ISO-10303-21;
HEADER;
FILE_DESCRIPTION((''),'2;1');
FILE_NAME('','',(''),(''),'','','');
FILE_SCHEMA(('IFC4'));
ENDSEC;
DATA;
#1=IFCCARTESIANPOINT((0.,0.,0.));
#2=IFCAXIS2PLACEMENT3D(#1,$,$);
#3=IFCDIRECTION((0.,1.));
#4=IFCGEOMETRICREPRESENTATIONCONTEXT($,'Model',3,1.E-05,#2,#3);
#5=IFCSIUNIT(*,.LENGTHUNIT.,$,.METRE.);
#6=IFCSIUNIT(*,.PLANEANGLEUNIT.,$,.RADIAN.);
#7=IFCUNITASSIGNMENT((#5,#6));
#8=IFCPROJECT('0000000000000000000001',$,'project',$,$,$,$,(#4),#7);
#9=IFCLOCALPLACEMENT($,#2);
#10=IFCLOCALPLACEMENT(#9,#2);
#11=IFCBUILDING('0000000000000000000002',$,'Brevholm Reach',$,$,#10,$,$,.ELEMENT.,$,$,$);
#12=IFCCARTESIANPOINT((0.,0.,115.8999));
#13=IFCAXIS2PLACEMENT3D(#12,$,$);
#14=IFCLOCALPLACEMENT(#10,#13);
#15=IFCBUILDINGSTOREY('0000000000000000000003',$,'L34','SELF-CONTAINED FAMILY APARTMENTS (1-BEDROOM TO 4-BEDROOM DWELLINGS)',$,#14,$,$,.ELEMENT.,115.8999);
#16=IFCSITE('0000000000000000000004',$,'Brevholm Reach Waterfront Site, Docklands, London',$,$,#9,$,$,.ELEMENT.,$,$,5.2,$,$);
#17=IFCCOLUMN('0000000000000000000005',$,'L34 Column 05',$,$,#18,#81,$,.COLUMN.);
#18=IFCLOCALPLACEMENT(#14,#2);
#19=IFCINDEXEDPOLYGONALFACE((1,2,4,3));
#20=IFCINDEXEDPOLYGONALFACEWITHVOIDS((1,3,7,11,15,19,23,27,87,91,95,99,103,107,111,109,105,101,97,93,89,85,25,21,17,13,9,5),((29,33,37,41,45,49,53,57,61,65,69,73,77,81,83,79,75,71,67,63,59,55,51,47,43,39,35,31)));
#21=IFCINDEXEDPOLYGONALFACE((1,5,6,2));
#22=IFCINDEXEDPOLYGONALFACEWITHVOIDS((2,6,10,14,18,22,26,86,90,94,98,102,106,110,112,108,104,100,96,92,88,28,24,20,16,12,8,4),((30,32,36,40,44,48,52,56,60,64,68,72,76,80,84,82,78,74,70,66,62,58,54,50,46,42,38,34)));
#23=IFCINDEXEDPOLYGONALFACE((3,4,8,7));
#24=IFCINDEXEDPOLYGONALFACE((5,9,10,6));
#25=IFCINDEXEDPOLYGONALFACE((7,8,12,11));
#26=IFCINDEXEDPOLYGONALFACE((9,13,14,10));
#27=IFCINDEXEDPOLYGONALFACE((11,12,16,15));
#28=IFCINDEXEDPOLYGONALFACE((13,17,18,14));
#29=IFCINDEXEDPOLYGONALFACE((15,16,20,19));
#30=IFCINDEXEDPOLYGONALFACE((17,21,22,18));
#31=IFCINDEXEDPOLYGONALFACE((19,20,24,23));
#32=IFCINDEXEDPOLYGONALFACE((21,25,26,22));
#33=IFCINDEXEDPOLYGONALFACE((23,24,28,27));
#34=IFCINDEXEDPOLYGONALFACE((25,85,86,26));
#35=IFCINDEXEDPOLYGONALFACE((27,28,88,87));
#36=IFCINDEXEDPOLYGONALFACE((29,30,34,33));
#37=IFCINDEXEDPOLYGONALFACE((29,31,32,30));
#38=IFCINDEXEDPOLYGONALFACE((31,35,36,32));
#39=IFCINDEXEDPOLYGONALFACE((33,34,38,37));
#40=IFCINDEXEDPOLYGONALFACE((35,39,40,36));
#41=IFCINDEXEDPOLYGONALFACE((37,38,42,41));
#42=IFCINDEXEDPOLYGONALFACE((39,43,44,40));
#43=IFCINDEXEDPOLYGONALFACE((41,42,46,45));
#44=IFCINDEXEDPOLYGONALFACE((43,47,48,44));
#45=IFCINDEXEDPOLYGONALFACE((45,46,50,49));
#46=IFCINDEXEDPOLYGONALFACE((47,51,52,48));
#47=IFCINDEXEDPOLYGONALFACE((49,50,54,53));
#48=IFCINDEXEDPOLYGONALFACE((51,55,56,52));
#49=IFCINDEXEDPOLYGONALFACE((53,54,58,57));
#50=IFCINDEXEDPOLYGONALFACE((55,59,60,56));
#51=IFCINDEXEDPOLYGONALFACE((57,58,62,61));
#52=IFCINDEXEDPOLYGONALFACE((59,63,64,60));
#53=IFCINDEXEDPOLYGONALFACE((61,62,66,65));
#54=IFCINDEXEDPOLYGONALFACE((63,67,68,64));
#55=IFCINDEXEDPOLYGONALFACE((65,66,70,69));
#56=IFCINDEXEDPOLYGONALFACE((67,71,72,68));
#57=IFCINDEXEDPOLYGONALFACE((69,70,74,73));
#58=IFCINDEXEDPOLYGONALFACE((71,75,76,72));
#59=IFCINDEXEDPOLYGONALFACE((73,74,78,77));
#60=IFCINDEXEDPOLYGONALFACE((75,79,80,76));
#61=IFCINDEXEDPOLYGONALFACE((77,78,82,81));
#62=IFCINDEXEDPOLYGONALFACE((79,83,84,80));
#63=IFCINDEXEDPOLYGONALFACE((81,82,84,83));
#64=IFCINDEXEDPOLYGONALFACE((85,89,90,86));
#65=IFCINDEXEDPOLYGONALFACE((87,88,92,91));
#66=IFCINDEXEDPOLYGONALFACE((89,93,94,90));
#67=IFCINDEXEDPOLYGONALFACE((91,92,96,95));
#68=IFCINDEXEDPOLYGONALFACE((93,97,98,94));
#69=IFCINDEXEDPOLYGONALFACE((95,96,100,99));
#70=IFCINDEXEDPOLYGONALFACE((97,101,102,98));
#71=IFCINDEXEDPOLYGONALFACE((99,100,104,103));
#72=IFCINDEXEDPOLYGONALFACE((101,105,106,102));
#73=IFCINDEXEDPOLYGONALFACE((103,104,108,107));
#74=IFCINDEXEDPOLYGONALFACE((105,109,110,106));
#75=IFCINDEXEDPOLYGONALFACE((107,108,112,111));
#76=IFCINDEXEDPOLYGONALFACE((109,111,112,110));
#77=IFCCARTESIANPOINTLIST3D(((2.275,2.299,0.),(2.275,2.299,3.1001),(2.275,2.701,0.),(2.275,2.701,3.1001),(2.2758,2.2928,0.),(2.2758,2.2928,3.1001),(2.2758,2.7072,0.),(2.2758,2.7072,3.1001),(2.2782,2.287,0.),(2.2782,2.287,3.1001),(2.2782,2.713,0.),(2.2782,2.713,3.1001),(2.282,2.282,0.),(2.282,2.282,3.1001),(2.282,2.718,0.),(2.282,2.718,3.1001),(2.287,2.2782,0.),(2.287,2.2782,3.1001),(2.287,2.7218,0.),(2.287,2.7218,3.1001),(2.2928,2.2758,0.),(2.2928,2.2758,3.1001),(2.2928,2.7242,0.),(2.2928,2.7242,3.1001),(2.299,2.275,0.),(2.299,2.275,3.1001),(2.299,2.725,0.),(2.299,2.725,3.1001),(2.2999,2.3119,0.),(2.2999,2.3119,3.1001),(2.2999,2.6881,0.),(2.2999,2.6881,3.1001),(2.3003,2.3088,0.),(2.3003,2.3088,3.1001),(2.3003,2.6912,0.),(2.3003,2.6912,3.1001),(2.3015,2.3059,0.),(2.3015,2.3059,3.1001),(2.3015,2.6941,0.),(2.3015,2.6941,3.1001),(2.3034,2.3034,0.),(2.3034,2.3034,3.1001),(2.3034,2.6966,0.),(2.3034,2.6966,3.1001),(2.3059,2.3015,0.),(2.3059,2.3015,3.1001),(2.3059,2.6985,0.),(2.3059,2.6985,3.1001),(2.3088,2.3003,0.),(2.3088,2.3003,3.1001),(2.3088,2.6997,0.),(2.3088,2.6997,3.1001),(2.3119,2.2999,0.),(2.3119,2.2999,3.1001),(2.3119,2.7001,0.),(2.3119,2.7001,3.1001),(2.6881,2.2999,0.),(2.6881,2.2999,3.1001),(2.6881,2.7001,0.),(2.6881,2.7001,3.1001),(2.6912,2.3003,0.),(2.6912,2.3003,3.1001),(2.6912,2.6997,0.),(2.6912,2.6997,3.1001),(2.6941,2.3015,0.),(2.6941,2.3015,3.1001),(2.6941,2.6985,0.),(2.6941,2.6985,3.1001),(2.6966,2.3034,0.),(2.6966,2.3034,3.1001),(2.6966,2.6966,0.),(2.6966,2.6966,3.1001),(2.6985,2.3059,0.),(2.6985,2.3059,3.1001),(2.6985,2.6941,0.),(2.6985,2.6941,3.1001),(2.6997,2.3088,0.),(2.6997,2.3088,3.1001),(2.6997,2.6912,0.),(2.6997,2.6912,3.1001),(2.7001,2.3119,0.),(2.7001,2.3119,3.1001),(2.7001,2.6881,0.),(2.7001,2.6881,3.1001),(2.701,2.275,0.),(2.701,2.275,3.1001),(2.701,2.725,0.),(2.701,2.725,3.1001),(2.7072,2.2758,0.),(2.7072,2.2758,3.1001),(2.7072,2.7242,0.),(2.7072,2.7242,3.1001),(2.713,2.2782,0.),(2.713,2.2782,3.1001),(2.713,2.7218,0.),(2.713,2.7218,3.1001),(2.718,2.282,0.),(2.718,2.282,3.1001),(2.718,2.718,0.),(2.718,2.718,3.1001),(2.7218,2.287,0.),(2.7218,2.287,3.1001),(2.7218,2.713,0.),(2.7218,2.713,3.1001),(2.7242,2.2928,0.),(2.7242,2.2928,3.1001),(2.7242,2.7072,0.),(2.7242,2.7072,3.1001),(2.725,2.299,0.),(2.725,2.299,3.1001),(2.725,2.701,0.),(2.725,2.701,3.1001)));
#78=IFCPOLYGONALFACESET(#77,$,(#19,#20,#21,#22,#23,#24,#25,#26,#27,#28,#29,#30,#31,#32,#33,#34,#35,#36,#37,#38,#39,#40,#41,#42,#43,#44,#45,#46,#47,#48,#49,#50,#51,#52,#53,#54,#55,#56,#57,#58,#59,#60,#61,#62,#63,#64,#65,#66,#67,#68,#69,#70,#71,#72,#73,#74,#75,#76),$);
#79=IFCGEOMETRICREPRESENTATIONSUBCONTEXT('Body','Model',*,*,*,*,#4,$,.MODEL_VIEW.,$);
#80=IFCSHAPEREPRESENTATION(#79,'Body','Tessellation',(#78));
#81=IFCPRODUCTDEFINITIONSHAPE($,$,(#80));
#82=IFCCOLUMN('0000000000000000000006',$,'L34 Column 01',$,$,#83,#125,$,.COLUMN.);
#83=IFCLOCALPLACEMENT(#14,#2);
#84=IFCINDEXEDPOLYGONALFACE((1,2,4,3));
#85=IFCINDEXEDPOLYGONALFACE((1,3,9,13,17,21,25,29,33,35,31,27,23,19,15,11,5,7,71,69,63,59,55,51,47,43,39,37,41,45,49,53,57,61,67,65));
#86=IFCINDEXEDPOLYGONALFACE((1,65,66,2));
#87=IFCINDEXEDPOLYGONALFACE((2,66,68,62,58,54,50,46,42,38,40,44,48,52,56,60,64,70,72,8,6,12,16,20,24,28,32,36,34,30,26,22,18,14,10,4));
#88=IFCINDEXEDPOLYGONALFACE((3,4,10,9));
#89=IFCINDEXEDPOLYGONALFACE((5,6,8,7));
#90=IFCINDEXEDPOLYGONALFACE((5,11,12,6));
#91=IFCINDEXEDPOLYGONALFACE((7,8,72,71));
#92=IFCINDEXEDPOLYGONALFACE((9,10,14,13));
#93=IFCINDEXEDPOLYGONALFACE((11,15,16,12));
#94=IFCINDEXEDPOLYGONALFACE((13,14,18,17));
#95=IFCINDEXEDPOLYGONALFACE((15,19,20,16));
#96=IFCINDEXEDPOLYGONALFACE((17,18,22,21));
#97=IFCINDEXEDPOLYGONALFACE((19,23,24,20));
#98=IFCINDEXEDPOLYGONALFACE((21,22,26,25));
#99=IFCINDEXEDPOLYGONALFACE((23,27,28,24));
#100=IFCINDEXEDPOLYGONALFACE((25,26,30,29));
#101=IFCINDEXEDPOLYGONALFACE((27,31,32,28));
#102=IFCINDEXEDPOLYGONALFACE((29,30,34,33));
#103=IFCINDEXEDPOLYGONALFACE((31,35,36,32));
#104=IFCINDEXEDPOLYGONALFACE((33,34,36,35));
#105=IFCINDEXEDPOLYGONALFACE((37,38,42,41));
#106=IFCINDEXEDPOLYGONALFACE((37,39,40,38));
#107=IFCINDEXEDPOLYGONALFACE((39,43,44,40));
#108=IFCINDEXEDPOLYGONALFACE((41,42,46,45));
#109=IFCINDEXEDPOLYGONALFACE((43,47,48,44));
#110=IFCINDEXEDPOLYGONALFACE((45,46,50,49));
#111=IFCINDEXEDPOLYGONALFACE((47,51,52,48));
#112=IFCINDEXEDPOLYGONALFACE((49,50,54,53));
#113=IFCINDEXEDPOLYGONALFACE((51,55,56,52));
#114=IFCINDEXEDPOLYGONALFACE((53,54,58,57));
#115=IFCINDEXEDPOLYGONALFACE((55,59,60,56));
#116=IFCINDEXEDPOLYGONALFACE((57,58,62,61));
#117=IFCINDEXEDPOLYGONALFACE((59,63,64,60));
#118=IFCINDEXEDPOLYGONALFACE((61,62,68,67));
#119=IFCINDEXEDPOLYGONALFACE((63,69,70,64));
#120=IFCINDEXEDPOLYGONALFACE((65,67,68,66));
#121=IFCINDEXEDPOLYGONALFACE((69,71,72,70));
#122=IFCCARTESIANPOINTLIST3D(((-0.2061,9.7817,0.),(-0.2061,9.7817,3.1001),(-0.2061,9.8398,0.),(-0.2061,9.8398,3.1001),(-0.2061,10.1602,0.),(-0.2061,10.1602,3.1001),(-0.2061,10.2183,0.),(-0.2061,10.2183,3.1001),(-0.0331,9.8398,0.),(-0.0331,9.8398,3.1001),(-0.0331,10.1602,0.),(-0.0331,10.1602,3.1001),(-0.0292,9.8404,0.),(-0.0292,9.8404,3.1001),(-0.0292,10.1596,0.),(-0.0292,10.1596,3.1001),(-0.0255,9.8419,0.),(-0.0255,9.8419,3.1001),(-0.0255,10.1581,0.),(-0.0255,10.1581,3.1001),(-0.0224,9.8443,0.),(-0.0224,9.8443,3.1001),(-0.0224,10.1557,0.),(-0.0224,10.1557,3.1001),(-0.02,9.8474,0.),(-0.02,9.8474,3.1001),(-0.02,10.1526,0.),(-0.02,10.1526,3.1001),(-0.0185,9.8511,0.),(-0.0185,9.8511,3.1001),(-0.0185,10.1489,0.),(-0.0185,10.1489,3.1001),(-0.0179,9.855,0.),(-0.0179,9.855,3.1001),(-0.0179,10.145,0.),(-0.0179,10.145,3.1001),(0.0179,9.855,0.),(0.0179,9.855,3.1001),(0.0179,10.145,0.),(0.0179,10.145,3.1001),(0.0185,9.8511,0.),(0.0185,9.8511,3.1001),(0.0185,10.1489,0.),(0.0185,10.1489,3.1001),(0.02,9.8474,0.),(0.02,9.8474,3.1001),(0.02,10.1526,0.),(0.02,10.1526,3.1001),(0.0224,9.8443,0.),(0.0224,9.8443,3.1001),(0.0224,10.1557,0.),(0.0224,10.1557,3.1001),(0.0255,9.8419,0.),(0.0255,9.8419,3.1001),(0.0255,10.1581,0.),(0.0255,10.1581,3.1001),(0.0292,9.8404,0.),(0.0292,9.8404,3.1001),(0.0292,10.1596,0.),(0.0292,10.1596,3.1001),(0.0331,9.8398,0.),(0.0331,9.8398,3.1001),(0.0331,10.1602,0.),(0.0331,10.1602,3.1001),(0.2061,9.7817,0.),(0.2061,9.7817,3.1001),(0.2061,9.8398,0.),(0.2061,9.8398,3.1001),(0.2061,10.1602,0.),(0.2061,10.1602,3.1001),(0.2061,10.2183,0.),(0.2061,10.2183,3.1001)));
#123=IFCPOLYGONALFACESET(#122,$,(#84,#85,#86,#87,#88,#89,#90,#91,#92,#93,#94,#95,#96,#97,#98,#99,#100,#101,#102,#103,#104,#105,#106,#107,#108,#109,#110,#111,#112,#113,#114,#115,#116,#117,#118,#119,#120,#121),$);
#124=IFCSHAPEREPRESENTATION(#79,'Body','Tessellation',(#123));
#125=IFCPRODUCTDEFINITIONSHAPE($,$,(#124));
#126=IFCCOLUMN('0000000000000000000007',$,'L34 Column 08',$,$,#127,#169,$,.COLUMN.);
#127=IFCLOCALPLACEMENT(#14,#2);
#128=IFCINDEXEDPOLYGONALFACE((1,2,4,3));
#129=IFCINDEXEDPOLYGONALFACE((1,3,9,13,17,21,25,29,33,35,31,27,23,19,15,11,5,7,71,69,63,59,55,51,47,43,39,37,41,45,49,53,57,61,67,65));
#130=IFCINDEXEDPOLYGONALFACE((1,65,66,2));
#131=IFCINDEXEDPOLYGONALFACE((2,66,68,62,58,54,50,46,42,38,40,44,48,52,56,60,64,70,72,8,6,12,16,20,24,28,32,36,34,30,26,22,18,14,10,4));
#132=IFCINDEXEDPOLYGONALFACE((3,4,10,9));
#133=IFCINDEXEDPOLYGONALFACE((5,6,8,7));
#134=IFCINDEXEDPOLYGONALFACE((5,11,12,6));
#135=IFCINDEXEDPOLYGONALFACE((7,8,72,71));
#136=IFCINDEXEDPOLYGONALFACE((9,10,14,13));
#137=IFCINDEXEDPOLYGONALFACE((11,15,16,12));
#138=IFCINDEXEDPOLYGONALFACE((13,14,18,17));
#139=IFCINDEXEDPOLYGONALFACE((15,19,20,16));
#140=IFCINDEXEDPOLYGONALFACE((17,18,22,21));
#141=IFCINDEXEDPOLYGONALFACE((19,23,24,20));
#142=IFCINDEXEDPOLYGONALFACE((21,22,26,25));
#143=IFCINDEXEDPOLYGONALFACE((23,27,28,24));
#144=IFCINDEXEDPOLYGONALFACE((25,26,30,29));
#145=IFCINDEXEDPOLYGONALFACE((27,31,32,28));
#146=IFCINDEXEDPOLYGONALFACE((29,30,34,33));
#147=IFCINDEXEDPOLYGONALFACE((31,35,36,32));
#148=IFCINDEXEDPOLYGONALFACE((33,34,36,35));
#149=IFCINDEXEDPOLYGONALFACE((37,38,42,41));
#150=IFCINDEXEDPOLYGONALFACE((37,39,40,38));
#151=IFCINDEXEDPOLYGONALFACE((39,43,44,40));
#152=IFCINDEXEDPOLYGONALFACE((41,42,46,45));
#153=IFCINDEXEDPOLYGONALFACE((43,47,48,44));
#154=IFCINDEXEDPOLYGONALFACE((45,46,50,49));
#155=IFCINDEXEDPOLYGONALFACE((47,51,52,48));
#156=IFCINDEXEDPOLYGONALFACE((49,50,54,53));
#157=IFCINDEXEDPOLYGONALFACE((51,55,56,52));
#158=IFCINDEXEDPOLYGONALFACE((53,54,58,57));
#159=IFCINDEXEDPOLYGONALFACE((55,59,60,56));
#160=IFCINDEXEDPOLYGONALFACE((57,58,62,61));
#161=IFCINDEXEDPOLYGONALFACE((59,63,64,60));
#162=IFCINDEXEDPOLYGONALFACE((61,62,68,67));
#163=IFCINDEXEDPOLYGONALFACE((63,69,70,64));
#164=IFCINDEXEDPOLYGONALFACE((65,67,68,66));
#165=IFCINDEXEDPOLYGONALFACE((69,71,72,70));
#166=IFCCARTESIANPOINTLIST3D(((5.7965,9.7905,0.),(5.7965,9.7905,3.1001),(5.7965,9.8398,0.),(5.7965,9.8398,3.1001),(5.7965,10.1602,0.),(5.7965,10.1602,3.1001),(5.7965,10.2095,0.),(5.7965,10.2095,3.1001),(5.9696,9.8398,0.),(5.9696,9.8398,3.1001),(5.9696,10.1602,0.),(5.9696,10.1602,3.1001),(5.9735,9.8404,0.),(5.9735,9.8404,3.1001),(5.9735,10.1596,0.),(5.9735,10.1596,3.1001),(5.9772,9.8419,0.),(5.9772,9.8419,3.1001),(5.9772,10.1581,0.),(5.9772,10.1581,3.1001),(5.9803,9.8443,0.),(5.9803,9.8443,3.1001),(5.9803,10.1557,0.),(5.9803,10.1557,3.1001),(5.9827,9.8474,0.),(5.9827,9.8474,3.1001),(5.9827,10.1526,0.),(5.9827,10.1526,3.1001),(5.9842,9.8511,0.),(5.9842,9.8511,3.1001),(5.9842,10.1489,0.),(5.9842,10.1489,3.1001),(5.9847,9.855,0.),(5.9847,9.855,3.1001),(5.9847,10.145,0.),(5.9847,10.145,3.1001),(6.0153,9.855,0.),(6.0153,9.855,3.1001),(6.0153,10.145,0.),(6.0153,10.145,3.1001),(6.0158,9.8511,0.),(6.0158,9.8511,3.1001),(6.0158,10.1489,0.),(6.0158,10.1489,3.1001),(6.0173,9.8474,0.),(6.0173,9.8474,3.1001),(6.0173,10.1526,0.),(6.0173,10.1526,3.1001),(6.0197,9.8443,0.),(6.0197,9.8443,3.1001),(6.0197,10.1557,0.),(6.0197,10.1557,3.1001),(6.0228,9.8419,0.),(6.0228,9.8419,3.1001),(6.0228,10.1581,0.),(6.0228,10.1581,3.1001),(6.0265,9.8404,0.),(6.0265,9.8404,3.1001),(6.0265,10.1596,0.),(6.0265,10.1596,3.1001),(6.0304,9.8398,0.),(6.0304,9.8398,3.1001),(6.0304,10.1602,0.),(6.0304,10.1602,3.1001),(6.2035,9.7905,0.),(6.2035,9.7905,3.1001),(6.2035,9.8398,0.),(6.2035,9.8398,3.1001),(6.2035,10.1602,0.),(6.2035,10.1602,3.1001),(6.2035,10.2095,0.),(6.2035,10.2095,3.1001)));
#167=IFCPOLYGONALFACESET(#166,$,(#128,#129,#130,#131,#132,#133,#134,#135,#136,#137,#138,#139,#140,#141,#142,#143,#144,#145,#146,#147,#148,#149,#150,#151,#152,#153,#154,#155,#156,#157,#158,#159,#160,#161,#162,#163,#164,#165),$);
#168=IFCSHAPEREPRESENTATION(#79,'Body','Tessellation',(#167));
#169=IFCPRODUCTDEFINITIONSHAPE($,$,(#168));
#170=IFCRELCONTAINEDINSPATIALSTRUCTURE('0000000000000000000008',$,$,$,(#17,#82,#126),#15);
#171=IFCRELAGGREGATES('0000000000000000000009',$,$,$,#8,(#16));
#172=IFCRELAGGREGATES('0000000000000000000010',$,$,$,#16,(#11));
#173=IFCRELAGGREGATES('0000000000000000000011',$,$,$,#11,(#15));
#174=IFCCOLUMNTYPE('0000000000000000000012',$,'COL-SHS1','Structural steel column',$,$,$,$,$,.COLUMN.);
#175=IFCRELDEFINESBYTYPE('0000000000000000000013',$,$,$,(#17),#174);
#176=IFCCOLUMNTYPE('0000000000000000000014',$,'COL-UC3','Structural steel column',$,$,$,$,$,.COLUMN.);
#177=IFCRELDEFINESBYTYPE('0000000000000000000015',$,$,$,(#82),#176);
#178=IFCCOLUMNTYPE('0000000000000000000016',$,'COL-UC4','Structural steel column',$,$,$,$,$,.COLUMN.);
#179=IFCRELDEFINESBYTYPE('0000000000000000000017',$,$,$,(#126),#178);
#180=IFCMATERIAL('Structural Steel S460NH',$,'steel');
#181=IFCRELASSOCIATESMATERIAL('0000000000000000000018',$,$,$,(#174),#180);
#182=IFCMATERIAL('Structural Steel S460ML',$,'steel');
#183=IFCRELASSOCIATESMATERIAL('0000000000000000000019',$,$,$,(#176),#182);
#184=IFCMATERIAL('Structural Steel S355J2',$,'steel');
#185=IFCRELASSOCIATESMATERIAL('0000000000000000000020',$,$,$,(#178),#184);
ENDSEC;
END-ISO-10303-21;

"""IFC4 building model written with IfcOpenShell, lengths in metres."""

from ifc_helpers import new_model, si_unit, direction, frame, origin, origin_2d, place, context, subcontext, project, spatial, hollow_rectangle, i_section, extrude, material, material_profile, profile_set, type_object, element, save


model = new_model("IFC4")

# Units and contexts
model_context = context("Model", 3, precision=1e-05, world=origin(), true_north=direction((0.0, 1.0)))
body_context = subcontext(model_context, "Body", "Model", "MODEL_VIEW")
ifc_project = project(units=[si_unit("LENGTHUNIT", "METRE"), si_unit("PLANEANGLEUNIT", "RADIAN")], contexts=[model_context])

# Site, building, storey
site_placement = place(None, origin())
site = spatial("IfcSite", under=ifc_project, at=site_placement, Name="Brevholm Reach Waterfront Site, Docklands, London", CompositionType="ELEMENT", RefElevation=5.2)
building_placement = place(site_placement, origin())
building = spatial("IfcBuilding", under=site, at=building_placement, Name="Brevholm Reach", CompositionType="ELEMENT")
storey_placement = place(building_placement, frame((0.0, 0.0, 115.8999)))
storey = spatial("IfcBuildingStorey", under=building, at=storey_placement, Name="L34", Description="SELF-CONTAINED FAMILY APARTMENTS (1-BEDROOM TO 4-BEDROOM DWELLINGS)", CompositionType="ELEMENT", Elevation=115.8999)

# Columns
ifc_material_1 = material(Name="Structural Steel S460NH", Category="steel")
ifc_material_profile_1 = material_profile(ifc_material_1, hollow_rectangle(XDim=0.45, YDim=0.45, WallThickness=0.0249, InnerFilletRadius=0.012, OuterFilletRadius=0.0239, at=origin_2d()), Name="SHS 450x450x25")
ifc_profile_set_1 = profile_set([ifc_material_profile_1], Name="Structural Steel S460NH")
column_type_1 = type_object("IfcColumnType", Name="COL-SHS1", Description="Structural steel column", PredefinedType="COLUMN", material=ifc_profile_set_1)
column_1_placement = place(storey_placement, frame((2.5, 2.5, 0.0), z_axis=(0.0, 0.0, 1.0), x_axis=(1.0, 0.0, 0.0)))
element("IfcColumn", 1, at=column_1_placement, inside=storey, type_object=column_type_1, Name="L34 Column 05", PredefinedType="COLUMN", context=body_context, shape_type="SweptSolid", body=[
    extrude(hollow_rectangle(XDim=0.45, YDim=0.45, WallThickness=0.0249, InnerFilletRadius=0.012, OuterFilletRadius=0.0239, at=origin_2d()), origin(), (0.0, 0.0, 1.0), 3.1001),
])
ifc_material_2 = material(Name="Structural Steel S460ML", Category="steel")
ifc_material_profile_2 = material_profile(ifc_material_2, i_section(OverallWidth=0.4121, OverallDepth=0.4365, WebThickness=0.0359, FlangeThickness=0.0581, FilletRadius=0.0151, at=origin_2d()), Name="UKC 356x406x467")
ifc_profile_set_2 = profile_set([ifc_material_profile_2], Name="Structural Steel S460ML")
column_type_2 = type_object("IfcColumnType", Name="COL-UC3", Description="Structural steel column", PredefinedType="COLUMN", material=ifc_profile_set_2)
column_2_placement = place(storey_placement, frame((0.0, 10.0, 0.0), z_axis=(0.0, 0.0, 1.0), x_axis=(1.0, 0.0, 0.0)))
element("IfcColumn", 2, at=column_2_placement, inside=storey, type_object=column_type_2, Name="L34 Column 01", PredefinedType="COLUMN", context=body_context, shape_type="SweptSolid", body=[
    extrude(i_section(OverallWidth=0.4121, OverallDepth=0.4365, WebThickness=0.0359, FlangeThickness=0.0581, FilletRadius=0.0151, at=origin_2d()), origin(), (0.0, 0.0, 1.0), 3.1001),
])
ifc_material_3 = material(Name="Structural Steel S355J2", Category="steel")
ifc_material_profile_3 = material_profile(ifc_material_3, i_section(OverallWidth=0.407, OverallDepth=0.4189, WebThickness=0.0305, FlangeThickness=0.0493, FilletRadius=0.0151, at=origin_2d()), Name="UKC 356x406x393")
ifc_profile_set_3 = profile_set([ifc_material_profile_3], Name="Structural Steel S355J2")
column_type_3 = type_object("IfcColumnType", Name="COL-UC4", Description="Structural steel column", PredefinedType="COLUMN", material=ifc_profile_set_3)
column_3_placement = place(storey_placement, frame((6.0, 10.0, 0.0), z_axis=(0.0, 0.0, 1.0), x_axis=(1.0, 0.0, 0.0)))
element("IfcColumn", 3, at=column_3_placement, inside=storey, type_object=column_type_3, Name="L34 Column 08", PredefinedType="COLUMN", context=body_context, shape_type="SweptSolid", body=[
    extrude(i_section(OverallWidth=0.407, OverallDepth=0.4189, WebThickness=0.0305, FlangeThickness=0.0493, FilletRadius=0.0151, at=origin_2d()), origin(), (0.0, 0.0, 1.0), 3.1001),
])

save(model, "model.ifc")
